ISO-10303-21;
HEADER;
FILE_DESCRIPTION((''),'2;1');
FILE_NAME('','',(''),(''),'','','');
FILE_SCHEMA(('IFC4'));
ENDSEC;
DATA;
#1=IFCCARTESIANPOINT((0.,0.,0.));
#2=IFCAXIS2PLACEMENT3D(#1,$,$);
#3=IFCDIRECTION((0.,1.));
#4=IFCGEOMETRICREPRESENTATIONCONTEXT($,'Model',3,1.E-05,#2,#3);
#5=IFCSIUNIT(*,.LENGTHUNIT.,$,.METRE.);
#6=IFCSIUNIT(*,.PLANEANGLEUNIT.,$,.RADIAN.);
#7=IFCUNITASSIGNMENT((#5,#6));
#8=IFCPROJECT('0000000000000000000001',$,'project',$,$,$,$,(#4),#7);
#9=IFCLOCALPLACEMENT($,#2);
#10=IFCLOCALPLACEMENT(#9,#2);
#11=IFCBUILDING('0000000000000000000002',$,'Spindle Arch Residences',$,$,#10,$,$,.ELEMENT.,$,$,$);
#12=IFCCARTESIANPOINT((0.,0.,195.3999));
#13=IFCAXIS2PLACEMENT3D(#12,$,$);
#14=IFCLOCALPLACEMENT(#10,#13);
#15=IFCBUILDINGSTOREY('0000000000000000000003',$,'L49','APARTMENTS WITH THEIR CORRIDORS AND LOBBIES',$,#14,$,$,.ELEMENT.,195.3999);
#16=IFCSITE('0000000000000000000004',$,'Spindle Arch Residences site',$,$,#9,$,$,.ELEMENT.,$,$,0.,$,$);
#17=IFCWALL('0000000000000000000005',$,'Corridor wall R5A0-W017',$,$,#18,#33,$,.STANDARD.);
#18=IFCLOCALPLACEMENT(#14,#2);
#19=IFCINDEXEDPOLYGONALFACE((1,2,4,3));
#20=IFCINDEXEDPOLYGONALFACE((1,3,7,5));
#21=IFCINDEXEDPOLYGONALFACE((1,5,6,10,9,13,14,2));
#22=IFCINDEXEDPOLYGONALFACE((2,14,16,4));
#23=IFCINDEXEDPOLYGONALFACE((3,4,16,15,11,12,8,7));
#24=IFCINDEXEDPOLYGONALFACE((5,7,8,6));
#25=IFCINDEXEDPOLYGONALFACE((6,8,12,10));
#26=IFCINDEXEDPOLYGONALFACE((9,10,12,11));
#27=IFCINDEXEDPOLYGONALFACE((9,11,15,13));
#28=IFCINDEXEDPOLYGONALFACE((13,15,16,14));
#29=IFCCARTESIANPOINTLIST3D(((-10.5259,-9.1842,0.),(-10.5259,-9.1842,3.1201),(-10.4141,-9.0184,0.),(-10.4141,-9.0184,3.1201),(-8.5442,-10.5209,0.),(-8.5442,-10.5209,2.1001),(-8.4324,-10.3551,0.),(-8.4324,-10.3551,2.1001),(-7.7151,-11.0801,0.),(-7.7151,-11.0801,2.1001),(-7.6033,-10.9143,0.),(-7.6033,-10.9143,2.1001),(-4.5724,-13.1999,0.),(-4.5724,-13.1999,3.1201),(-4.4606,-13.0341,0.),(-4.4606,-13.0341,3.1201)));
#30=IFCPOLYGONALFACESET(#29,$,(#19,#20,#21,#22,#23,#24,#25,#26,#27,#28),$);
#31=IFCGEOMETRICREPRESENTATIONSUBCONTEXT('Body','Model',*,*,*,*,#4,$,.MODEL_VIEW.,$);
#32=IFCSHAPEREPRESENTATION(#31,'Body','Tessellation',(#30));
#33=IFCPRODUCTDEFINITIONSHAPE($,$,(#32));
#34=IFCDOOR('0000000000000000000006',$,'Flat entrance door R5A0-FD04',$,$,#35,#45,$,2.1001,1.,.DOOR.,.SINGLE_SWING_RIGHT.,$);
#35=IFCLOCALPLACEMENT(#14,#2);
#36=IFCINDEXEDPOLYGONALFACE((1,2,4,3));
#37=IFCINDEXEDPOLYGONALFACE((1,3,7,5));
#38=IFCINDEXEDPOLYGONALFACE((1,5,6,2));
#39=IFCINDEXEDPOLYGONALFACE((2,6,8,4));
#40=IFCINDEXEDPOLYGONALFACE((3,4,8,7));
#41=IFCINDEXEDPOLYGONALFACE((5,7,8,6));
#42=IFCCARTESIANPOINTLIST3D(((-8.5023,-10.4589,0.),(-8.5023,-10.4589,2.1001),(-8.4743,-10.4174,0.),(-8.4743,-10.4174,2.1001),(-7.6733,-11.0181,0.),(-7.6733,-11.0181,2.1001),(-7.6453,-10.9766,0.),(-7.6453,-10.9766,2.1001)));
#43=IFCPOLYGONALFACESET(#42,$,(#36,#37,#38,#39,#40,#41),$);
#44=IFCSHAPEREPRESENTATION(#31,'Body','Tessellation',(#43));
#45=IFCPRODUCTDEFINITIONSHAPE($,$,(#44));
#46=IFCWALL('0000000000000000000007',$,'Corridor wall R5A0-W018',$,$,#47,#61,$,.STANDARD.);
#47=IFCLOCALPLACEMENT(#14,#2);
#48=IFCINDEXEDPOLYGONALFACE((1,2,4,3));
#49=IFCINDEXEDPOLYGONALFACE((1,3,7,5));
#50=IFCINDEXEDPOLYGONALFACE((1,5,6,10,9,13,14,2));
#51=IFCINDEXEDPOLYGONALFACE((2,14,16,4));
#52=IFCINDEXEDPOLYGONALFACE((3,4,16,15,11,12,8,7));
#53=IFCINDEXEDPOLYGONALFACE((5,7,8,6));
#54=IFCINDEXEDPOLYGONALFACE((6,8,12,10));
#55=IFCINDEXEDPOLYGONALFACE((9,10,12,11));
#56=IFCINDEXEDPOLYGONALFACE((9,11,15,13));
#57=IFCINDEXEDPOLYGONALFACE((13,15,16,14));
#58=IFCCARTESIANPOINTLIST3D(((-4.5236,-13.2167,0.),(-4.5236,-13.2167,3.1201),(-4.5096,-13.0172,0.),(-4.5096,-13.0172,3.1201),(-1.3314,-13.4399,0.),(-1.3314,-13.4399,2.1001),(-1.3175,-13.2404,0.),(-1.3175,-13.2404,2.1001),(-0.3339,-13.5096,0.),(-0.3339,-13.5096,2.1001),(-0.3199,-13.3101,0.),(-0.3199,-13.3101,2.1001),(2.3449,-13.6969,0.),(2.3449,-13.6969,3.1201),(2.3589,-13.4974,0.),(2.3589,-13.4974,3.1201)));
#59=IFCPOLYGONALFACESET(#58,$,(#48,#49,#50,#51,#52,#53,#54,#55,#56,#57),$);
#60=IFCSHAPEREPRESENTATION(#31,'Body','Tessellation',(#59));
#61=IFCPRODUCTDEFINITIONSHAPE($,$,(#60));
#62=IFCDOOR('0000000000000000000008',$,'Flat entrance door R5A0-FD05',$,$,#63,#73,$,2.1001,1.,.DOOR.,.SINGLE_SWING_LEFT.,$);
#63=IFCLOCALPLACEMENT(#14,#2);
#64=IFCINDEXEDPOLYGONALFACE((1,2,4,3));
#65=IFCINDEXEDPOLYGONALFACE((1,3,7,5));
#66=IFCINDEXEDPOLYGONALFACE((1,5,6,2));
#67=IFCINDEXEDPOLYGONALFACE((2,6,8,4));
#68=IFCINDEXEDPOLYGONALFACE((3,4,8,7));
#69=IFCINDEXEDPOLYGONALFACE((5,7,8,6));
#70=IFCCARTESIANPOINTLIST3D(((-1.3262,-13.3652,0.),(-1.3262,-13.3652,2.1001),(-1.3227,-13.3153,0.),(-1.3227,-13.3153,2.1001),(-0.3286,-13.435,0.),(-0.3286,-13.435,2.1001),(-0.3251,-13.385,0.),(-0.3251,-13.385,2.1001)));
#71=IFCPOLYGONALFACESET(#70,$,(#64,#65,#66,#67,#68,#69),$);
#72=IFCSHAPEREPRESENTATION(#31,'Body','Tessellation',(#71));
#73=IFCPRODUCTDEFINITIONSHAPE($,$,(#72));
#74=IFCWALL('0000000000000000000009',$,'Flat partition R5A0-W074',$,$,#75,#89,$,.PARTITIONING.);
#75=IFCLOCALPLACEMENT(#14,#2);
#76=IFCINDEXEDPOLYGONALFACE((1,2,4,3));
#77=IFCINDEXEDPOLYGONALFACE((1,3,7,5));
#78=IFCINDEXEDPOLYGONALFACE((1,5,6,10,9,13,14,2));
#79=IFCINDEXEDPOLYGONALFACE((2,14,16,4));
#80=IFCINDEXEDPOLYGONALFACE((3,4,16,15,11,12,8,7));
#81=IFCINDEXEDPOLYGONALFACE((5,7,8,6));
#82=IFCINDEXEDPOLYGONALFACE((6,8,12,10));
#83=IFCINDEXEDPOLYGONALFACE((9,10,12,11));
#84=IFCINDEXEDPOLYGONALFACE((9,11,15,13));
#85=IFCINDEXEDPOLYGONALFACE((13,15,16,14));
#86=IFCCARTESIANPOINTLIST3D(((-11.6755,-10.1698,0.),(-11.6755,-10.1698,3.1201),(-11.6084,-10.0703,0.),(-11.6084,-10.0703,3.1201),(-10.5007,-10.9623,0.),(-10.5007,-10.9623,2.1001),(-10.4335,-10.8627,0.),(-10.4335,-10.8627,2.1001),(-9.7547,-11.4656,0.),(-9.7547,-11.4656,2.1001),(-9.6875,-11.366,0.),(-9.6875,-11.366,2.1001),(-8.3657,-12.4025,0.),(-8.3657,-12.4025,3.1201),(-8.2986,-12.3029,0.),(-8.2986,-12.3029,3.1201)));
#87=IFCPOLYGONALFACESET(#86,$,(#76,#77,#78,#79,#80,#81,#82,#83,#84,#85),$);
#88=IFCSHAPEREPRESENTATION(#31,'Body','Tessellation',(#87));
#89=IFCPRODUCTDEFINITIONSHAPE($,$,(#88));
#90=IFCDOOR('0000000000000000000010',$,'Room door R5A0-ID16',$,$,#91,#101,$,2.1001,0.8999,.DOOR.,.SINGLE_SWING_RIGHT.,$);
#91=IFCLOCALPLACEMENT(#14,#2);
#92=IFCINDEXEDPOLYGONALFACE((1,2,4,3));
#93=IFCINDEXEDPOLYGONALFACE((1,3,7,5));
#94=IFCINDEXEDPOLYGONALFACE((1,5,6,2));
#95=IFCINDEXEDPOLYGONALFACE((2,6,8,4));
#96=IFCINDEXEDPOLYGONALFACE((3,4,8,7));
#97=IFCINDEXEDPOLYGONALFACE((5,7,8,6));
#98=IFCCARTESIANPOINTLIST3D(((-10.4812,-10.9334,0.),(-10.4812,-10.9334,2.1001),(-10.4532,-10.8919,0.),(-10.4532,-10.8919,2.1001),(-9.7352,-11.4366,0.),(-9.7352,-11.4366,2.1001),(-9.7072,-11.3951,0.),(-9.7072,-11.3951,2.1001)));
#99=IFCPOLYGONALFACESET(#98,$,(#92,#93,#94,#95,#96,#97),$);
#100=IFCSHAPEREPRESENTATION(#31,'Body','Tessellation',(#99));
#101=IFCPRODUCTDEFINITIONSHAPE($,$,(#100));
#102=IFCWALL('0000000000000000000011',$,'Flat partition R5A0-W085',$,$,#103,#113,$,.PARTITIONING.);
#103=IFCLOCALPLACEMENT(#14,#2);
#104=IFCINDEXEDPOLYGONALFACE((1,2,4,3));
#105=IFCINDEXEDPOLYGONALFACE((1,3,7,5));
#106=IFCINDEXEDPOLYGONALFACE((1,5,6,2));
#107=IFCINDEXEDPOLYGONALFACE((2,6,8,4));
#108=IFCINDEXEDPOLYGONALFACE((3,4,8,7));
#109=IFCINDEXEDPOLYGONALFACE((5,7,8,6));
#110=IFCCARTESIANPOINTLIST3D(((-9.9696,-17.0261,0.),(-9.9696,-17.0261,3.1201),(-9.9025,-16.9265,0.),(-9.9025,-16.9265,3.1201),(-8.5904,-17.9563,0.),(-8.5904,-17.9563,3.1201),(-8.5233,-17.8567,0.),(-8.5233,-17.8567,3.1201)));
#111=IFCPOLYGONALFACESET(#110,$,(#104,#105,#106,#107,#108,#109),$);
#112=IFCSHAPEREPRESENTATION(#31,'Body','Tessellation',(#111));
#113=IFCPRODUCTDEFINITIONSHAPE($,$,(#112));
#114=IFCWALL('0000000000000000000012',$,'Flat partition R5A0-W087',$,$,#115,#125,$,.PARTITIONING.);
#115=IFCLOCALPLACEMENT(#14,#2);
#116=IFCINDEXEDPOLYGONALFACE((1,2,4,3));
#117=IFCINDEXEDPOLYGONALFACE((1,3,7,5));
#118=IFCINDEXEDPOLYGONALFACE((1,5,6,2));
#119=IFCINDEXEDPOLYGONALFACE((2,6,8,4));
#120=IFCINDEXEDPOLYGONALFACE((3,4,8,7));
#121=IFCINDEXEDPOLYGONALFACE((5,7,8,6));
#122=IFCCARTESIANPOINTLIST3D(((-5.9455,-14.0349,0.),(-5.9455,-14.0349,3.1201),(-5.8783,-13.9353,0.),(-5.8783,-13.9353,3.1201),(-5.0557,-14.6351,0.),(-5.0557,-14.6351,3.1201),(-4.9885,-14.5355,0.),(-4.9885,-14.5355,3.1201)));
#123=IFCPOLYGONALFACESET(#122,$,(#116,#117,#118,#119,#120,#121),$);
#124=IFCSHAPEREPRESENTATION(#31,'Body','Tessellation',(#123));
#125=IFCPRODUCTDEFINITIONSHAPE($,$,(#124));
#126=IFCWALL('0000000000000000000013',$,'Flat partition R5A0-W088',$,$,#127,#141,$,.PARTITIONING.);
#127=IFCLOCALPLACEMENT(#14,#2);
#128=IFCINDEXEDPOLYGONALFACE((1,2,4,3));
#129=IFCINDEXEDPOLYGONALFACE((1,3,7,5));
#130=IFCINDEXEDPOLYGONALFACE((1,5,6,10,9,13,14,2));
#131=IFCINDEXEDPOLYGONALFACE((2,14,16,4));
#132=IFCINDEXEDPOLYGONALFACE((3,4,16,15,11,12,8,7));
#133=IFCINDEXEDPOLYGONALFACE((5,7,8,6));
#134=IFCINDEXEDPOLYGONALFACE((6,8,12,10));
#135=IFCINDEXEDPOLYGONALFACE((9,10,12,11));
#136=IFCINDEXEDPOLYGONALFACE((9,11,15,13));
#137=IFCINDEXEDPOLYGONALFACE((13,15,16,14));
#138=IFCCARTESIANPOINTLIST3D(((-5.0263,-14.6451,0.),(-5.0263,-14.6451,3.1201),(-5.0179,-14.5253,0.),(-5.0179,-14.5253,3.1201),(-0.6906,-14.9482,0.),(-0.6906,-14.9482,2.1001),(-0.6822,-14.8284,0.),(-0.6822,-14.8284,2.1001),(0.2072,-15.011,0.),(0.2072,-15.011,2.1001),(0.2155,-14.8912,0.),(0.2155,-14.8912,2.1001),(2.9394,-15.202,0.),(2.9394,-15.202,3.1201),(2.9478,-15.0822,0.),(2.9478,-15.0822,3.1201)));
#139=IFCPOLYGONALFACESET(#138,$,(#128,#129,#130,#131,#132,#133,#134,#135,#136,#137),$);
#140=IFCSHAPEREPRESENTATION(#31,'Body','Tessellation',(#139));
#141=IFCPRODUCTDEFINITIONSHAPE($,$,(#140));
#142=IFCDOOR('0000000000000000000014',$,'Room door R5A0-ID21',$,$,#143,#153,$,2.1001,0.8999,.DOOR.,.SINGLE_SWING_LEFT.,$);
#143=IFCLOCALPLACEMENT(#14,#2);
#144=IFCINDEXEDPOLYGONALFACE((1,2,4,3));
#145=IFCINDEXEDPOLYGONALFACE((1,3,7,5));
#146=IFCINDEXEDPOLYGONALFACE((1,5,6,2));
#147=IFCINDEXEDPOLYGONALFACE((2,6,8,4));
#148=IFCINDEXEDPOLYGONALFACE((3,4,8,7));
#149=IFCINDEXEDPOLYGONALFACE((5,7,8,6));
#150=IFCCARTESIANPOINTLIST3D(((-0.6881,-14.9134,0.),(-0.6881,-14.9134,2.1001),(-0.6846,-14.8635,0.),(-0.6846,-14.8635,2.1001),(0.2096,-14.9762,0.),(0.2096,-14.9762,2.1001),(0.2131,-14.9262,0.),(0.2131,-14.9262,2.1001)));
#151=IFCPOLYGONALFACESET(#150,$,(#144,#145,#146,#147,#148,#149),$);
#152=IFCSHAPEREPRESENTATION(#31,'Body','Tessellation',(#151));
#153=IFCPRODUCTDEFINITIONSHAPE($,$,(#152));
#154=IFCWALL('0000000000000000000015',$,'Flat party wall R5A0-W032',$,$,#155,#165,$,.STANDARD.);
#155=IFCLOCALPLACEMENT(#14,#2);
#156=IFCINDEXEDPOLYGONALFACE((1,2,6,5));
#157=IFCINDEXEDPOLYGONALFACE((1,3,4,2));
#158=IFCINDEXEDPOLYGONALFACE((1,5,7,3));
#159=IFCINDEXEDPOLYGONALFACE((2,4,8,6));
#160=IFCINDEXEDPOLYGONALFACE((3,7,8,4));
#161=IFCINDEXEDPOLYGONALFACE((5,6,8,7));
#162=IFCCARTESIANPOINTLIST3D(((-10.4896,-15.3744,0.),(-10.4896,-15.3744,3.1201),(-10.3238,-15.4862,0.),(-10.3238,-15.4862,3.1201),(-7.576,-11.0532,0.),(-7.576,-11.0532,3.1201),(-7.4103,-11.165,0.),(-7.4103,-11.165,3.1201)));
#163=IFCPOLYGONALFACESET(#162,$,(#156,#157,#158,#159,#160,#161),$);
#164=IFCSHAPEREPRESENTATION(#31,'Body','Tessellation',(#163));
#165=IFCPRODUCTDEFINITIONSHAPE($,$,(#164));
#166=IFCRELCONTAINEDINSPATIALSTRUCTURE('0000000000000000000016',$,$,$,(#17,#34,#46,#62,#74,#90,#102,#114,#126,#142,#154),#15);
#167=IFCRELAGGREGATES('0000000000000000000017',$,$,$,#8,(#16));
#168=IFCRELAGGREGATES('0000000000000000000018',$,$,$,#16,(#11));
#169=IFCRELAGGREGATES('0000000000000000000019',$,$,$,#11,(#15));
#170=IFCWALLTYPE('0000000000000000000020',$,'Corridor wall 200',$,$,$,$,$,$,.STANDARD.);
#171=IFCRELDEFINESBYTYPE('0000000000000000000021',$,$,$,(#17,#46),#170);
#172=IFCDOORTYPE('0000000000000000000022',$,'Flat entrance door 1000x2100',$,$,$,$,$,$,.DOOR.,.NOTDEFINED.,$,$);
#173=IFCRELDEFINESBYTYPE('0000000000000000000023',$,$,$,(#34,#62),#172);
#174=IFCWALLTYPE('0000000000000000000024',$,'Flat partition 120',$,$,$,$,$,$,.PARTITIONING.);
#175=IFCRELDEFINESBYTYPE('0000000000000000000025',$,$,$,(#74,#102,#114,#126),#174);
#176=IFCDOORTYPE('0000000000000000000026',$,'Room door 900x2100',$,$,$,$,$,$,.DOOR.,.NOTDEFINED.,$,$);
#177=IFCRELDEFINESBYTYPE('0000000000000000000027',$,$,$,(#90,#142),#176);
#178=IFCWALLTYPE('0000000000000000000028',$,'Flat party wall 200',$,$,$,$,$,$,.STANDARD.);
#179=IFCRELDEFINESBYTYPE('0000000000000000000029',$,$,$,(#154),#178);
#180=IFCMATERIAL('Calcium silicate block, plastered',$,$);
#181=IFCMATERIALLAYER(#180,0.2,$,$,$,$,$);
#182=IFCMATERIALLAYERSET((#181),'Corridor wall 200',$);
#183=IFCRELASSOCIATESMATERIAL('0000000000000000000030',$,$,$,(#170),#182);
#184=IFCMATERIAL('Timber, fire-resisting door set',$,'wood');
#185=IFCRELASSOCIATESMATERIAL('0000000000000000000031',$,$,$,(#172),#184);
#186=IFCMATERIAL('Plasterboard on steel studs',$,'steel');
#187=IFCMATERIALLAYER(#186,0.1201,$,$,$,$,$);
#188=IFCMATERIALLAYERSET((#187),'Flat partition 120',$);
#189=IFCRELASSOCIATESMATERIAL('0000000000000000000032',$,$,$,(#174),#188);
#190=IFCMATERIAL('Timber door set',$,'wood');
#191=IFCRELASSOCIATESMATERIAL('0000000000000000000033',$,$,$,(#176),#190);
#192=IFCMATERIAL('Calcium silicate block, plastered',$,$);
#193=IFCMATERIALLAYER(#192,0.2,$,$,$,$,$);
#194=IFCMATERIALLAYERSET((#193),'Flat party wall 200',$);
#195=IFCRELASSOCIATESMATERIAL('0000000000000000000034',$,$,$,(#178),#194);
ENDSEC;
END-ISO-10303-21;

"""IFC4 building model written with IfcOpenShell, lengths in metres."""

from ifc_helpers import new_model, si_unit, direction, frame, frame_2d, origin, place, context, subcontext, project, spatial, rectangle, extrude, material, layer, layer_set, type_object, element, fill, save


model = new_model("IFC4")

# Units and contexts
model_context = context("Model", 3, precision=1e-05, world=origin(), true_north=direction((0.0, 1.0)))
body_context = subcontext(model_context, "Body", "Model", "MODEL_VIEW")
ifc_project = project(units=[si_unit("LENGTHUNIT", "METRE"), si_unit("PLANEANGLEUNIT", "RADIAN")], contexts=[model_context])

# Site, building, storey
site_placement = place(None, origin())
site = spatial("IfcSite", under=ifc_project, at=site_placement, Name="Spindle Arch Residences site", CompositionType="ELEMENT", RefElevation=0.0)
building_placement = place(site_placement, origin())
building = spatial("IfcBuilding", under=site, at=building_placement, Name="Spindle Arch Residences", CompositionType="ELEMENT")
storey_placement = place(building_placement, frame((0.0, 0.0, 195.3999)))
storey = spatial("IfcBuildingStorey", under=building, at=storey_placement, Name="L49", Description="APARTMENTS WITH THEIR CORRIDORS AND LOBBIES", CompositionType="ELEMENT", Elevation=195.3999)

# Walls, openings, doors
ifc_material_1 = material(Name="Calcium silicate block, plastered")
ifc_layer_1 = layer(ifc_material_1, 0.2)
ifc_layer_set_1 = layer_set([ifc_layer_1], Name="Corridor wall 200")
wall_type_1 = type_object("IfcWallType", Name="Corridor wall 200", PredefinedType="STANDARD", material=ifc_layer_set_1)
wall_1_placement = place(storey_placement, frame((-10.47, -9.1013, 0.0), z_axis=(0.0, 0.0, 1.0), x_axis=(0.829036, -0.559195, 0.0)))
wall_1 = element("IfcWall", 1, at=wall_1_placement, inside=storey, type_object=wall_type_1, Name="Corridor wall R5A0-W017", PredefinedType="STANDARD", context=body_context, shape_type="SweptSolid", body=[
    extrude(rectangle(XDim=7.1812, YDim=0.2, at=frame_2d((3.5906, 0.0))), origin(), (0.0, 0.0, 1.0), 3.1201),
])
opening_1_placement = place(wall_1_placement, frame((2.3904, 0.0, 0.0)))
opening_1 = element("IfcOpeningElement", 2, at=opening_1_placement, cuts=wall_1, PredefinedType="OPENING", context=body_context, shape_type="SweptSolid", body=[
    extrude(rectangle(XDim=1.0, YDim=2.1001, at=frame_2d((0.5, 1.05))), frame((0.0, 0.1099, 0.0), z_axis=(0.0, -1.0, 0.0), x_axis=(1.0, 0.0, 0.0)), (0.0, 0.0, 1.0), 0.22),
])
ifc_material_2 = material(Name="Timber, fire-resisting door set", Category="wood")
door_type_1 = type_object("IfcDoorType", Name="Flat entrance door 1000x2100", OperationType="NOTDEFINED", PredefinedType="DOOR", material=ifc_material_2)
door_1_placement = place(opening_1_placement, origin())
door_1 = element("IfcDoor", 3, at=door_1_placement, inside=storey, type_object=door_type_1, Name="Flat entrance door R5A0-FD04", OperationType="SINGLE_SWING_RIGHT", OverallHeight=2.1001, OverallWidth=1.0, PredefinedType="DOOR", context=body_context, shape_type="SweptSolid", body=[
    extrude(rectangle(XDim=1.0, YDim=2.1001, at=frame_2d((0.5, 1.05))), frame((0.0, 0.0249, 0.0), z_axis=(0.0, -1.0, 0.0), x_axis=(1.0, 0.0, 0.0)), (0.0, 0.0, 1.0), 0.05),
])
fill(opening_1, door_1)
wall_2_placement = place(storey_placement, frame((-4.5166, -13.1169, 0.0), z_axis=(0.0, 0.0, 1.0), x_axis=(0.997565, -0.069748, 0.0)))
wall_2 = element("IfcWall", 4, at=wall_2_placement, inside=storey, type_object=wall_type_1, Name="Corridor wall R5A0-W018", PredefinedType="STANDARD", context=body_context, shape_type="SweptSolid", body=[
    extrude(rectangle(XDim=6.8853, YDim=0.2, at=frame_2d((3.4426, 0.0))), origin(), (0.0, 0.0, 1.0), 3.1201),
])
opening_2_placement = place(wall_2_placement, frame((3.2, 0.0, 0.0)))
opening_2 = element("IfcOpeningElement", 5, at=opening_2_placement, cuts=wall_2, PredefinedType="OPENING", context=body_context, shape_type="SweptSolid", body=[
    extrude(rectangle(XDim=1.0, YDim=2.1001, at=frame_2d((0.5, 1.05))), frame((0.0, 0.1099, 0.0), z_axis=(0.0, -1.0, 0.0), x_axis=(1.0, 0.0, 0.0)), (0.0, 0.0, 1.0), 0.22),
])
door_2_placement = place(opening_2_placement, origin())
door_2 = element("IfcDoor", 6, at=door_2_placement, inside=storey, type_object=door_type_1, Name="Flat entrance door R5A0-FD05", OperationType="SINGLE_SWING_LEFT", OverallHeight=2.1001, OverallWidth=1.0, PredefinedType="DOOR", context=body_context, shape_type="SweptSolid", body=[
    extrude(rectangle(XDim=1.0, YDim=2.1001, at=frame_2d((0.5, 1.05))), frame((0.0, 0.0249, 0.0), z_axis=(0.0, -1.0, 0.0), x_axis=(1.0, 0.0, 0.0)), (0.0, 0.0, 1.0), 0.05),
])
fill(opening_2, door_2)
ifc_material_3 = material(Name="Plasterboard on steel studs", Category="steel")
ifc_layer_2 = layer(ifc_material_3, 0.1201)
ifc_layer_set_2 = layer_set([ifc_layer_2], Name="Flat partition 120")
wall_type_2 = type_object("IfcWallType", Name="Flat partition 120", PredefinedType="PARTITIONING", material=ifc_layer_set_2)
wall_3_placement = place(storey_placement, frame((-11.6418, -10.1201, 0.0), z_axis=(0.0, 0.0, 1.0), x_axis=(0.829018, -0.559222, 0.0)))
wall_3 = element("IfcWall", 7, at=wall_3_placement, inside=storey, type_object=wall_type_2, Name="Flat partition R5A0-W074", PredefinedType="PARTITIONING", context=body_context, shape_type="SweptSolid", body=[
    extrude(rectangle(XDim=3.9924, YDim=0.1201, at=frame_2d((1.9961, 0.0))), origin(), (0.0, 0.0, 1.0), 3.1201),
])
opening_3_placement = place(wall_3_placement, frame((1.417, 0.0, 0.0)))
opening_3 = element("IfcOpeningElement", 8, at=opening_3_placement, cuts=wall_3, PredefinedType="OPENING", context=body_context, shape_type="SweptSolid", body=[
    extrude(rectangle(XDim=0.8999, YDim=2.1001, at=frame_2d((0.45, 1.05))), frame((0.0, 0.0701, 0.0), z_axis=(0.0, -1.0, 0.0), x_axis=(1.0, 0.0, 0.0)), (0.0, 0.0, 1.0), 0.1401),
])
ifc_material_4 = material(Name="Timber door set", Category="wood")
door_type_2 = type_object("IfcDoorType", Name="Room door 900x2100", OperationType="NOTDEFINED", PredefinedType="DOOR", material=ifc_material_4)
door_3_placement = place(opening_3_placement, origin())
door_3 = element("IfcDoor", 9, at=door_3_placement, inside=storey, type_object=door_type_2, Name="Room door R5A0-ID16", OperationType="SINGLE_SWING_RIGHT", OverallHeight=2.1001, OverallWidth=0.8999, PredefinedType="DOOR", context=body_context, shape_type="SweptSolid", body=[
    extrude(rectangle(XDim=0.8999, YDim=2.1001, at=frame_2d((0.45, 1.05))), frame((0.0, 0.0249, 0.0), z_axis=(0.0, -1.0, 0.0), x_axis=(1.0, 0.0, 0.0)), (0.0, 0.0, 1.0), 0.05),
])
fill(opening_3, door_3)

# Walls
wall_4_placement = place(storey_placement, frame((-9.936, -16.9763, 0.0), z_axis=(0.0, 0.0, 1.0), x_axis=(0.829058, -0.559163, 0.0)))
element("IfcWall", 10, at=wall_4_placement, inside=storey, type_object=wall_type_2, Name="Flat partition R5A0-W085", PredefinedType="PARTITIONING", context=body_context, shape_type="SweptSolid", body=[
    extrude(rectangle(XDim=1.6636, YDim=0.1201, at=frame_2d((0.8318, 0.0))), origin(), (0.0, 0.0, 1.0), 3.1201),
])
wall_5_placement = place(storey_placement, frame((-5.9119, -13.9851, 0.0), z_axis=(0.0, 0.0, 1.0), x_axis=(0.829028, -0.559207, 0.0)))
element("IfcWall", 11, at=wall_5_placement, inside=storey, type_object=wall_type_2, Name="Flat partition R5A0-W087", PredefinedType="PARTITIONING", context=body_context, shape_type="SweptSolid", body=[
    extrude(rectangle(XDim=1.0732, YDim=0.1201, at=frame_2d((0.5366, 0.0))), origin(), (0.0, 0.0, 1.0), 3.1201),
])

# Wall, opening, door
wall_6_placement = place(storey_placement, frame((-5.0222, -14.5852, 0.0), z_axis=(0.0, 0.0, 1.0), x_axis=(0.997565, -0.069741, 0.0)))
wall_6 = element("IfcWall", 12, at=wall_6_placement, inside=storey, type_object=wall_type_2, Name="Flat partition R5A0-W088", PredefinedType="PARTITIONING", context=body_context, shape_type="SweptSolid", body=[
    extrude(rectangle(XDim=7.9851, YDim=0.1201, at=frame_2d((3.9927, 0.0))), origin(), (0.0, 0.0, 1.0), 3.1201),
])
opening_4_placement = place(wall_6_placement, frame((4.3464, 0.0, 0.0)))
opening_4 = element("IfcOpeningElement", 13, at=opening_4_placement, cuts=wall_6, PredefinedType="OPENING", context=body_context, shape_type="SweptSolid", body=[
    extrude(rectangle(XDim=0.8999, YDim=2.1001, at=frame_2d((0.45, 1.05))), frame((0.0, 0.0701, 0.0), z_axis=(0.0, -1.0, 0.0), x_axis=(1.0, 0.0, 0.0)), (0.0, 0.0, 1.0), 0.1401),
])
door_4_placement = place(opening_4_placement, origin())
door_4 = element("IfcDoor", 14, at=door_4_placement, inside=storey, type_object=door_type_2, Name="Room door R5A0-ID21", OperationType="SINGLE_SWING_LEFT", OverallHeight=2.1001, OverallWidth=0.8999, PredefinedType="DOOR", context=body_context, shape_type="SweptSolid", body=[
    extrude(rectangle(XDim=0.8999, YDim=2.1001, at=frame_2d((0.45, 1.05))), frame((0.0, 0.0249, 0.0), z_axis=(0.0, -1.0, 0.0), x_axis=(1.0, 0.0, 0.0)), (0.0, 0.0, 1.0), 0.05),
])
fill(opening_4, door_4)

# Wall
ifc_material_5 = material(Name="Calcium silicate block, plastered")
ifc_layer_3 = layer(ifc_material_5, 0.2)
ifc_layer_set_3 = layer_set([ifc_layer_3], Name="Flat party wall 200")
wall_type_3 = type_object("IfcWallType", Name="Flat party wall 200", PredefinedType="STANDARD", material=ifc_layer_set_3)
wall_7_placement = place(storey_placement, frame((-10.4067, -15.4304, 0.0), z_axis=(0.0, 0.0, 1.0), x_axis=(0.559038, 0.829142, 0.0)))
element("IfcWall", 15, at=wall_7_placement, inside=storey, type_object=wall_type_3, Name="Flat party wall R5A0-W032", PredefinedType="STANDARD", context=body_context, shape_type="SweptSolid", body=[
    extrude(rectangle(XDim=5.2117, YDim=0.2, at=frame_2d((2.606, 0.0))), origin(), (0.0, 0.0, 1.0), 3.1201),
])

save(model, "model.ifc")
